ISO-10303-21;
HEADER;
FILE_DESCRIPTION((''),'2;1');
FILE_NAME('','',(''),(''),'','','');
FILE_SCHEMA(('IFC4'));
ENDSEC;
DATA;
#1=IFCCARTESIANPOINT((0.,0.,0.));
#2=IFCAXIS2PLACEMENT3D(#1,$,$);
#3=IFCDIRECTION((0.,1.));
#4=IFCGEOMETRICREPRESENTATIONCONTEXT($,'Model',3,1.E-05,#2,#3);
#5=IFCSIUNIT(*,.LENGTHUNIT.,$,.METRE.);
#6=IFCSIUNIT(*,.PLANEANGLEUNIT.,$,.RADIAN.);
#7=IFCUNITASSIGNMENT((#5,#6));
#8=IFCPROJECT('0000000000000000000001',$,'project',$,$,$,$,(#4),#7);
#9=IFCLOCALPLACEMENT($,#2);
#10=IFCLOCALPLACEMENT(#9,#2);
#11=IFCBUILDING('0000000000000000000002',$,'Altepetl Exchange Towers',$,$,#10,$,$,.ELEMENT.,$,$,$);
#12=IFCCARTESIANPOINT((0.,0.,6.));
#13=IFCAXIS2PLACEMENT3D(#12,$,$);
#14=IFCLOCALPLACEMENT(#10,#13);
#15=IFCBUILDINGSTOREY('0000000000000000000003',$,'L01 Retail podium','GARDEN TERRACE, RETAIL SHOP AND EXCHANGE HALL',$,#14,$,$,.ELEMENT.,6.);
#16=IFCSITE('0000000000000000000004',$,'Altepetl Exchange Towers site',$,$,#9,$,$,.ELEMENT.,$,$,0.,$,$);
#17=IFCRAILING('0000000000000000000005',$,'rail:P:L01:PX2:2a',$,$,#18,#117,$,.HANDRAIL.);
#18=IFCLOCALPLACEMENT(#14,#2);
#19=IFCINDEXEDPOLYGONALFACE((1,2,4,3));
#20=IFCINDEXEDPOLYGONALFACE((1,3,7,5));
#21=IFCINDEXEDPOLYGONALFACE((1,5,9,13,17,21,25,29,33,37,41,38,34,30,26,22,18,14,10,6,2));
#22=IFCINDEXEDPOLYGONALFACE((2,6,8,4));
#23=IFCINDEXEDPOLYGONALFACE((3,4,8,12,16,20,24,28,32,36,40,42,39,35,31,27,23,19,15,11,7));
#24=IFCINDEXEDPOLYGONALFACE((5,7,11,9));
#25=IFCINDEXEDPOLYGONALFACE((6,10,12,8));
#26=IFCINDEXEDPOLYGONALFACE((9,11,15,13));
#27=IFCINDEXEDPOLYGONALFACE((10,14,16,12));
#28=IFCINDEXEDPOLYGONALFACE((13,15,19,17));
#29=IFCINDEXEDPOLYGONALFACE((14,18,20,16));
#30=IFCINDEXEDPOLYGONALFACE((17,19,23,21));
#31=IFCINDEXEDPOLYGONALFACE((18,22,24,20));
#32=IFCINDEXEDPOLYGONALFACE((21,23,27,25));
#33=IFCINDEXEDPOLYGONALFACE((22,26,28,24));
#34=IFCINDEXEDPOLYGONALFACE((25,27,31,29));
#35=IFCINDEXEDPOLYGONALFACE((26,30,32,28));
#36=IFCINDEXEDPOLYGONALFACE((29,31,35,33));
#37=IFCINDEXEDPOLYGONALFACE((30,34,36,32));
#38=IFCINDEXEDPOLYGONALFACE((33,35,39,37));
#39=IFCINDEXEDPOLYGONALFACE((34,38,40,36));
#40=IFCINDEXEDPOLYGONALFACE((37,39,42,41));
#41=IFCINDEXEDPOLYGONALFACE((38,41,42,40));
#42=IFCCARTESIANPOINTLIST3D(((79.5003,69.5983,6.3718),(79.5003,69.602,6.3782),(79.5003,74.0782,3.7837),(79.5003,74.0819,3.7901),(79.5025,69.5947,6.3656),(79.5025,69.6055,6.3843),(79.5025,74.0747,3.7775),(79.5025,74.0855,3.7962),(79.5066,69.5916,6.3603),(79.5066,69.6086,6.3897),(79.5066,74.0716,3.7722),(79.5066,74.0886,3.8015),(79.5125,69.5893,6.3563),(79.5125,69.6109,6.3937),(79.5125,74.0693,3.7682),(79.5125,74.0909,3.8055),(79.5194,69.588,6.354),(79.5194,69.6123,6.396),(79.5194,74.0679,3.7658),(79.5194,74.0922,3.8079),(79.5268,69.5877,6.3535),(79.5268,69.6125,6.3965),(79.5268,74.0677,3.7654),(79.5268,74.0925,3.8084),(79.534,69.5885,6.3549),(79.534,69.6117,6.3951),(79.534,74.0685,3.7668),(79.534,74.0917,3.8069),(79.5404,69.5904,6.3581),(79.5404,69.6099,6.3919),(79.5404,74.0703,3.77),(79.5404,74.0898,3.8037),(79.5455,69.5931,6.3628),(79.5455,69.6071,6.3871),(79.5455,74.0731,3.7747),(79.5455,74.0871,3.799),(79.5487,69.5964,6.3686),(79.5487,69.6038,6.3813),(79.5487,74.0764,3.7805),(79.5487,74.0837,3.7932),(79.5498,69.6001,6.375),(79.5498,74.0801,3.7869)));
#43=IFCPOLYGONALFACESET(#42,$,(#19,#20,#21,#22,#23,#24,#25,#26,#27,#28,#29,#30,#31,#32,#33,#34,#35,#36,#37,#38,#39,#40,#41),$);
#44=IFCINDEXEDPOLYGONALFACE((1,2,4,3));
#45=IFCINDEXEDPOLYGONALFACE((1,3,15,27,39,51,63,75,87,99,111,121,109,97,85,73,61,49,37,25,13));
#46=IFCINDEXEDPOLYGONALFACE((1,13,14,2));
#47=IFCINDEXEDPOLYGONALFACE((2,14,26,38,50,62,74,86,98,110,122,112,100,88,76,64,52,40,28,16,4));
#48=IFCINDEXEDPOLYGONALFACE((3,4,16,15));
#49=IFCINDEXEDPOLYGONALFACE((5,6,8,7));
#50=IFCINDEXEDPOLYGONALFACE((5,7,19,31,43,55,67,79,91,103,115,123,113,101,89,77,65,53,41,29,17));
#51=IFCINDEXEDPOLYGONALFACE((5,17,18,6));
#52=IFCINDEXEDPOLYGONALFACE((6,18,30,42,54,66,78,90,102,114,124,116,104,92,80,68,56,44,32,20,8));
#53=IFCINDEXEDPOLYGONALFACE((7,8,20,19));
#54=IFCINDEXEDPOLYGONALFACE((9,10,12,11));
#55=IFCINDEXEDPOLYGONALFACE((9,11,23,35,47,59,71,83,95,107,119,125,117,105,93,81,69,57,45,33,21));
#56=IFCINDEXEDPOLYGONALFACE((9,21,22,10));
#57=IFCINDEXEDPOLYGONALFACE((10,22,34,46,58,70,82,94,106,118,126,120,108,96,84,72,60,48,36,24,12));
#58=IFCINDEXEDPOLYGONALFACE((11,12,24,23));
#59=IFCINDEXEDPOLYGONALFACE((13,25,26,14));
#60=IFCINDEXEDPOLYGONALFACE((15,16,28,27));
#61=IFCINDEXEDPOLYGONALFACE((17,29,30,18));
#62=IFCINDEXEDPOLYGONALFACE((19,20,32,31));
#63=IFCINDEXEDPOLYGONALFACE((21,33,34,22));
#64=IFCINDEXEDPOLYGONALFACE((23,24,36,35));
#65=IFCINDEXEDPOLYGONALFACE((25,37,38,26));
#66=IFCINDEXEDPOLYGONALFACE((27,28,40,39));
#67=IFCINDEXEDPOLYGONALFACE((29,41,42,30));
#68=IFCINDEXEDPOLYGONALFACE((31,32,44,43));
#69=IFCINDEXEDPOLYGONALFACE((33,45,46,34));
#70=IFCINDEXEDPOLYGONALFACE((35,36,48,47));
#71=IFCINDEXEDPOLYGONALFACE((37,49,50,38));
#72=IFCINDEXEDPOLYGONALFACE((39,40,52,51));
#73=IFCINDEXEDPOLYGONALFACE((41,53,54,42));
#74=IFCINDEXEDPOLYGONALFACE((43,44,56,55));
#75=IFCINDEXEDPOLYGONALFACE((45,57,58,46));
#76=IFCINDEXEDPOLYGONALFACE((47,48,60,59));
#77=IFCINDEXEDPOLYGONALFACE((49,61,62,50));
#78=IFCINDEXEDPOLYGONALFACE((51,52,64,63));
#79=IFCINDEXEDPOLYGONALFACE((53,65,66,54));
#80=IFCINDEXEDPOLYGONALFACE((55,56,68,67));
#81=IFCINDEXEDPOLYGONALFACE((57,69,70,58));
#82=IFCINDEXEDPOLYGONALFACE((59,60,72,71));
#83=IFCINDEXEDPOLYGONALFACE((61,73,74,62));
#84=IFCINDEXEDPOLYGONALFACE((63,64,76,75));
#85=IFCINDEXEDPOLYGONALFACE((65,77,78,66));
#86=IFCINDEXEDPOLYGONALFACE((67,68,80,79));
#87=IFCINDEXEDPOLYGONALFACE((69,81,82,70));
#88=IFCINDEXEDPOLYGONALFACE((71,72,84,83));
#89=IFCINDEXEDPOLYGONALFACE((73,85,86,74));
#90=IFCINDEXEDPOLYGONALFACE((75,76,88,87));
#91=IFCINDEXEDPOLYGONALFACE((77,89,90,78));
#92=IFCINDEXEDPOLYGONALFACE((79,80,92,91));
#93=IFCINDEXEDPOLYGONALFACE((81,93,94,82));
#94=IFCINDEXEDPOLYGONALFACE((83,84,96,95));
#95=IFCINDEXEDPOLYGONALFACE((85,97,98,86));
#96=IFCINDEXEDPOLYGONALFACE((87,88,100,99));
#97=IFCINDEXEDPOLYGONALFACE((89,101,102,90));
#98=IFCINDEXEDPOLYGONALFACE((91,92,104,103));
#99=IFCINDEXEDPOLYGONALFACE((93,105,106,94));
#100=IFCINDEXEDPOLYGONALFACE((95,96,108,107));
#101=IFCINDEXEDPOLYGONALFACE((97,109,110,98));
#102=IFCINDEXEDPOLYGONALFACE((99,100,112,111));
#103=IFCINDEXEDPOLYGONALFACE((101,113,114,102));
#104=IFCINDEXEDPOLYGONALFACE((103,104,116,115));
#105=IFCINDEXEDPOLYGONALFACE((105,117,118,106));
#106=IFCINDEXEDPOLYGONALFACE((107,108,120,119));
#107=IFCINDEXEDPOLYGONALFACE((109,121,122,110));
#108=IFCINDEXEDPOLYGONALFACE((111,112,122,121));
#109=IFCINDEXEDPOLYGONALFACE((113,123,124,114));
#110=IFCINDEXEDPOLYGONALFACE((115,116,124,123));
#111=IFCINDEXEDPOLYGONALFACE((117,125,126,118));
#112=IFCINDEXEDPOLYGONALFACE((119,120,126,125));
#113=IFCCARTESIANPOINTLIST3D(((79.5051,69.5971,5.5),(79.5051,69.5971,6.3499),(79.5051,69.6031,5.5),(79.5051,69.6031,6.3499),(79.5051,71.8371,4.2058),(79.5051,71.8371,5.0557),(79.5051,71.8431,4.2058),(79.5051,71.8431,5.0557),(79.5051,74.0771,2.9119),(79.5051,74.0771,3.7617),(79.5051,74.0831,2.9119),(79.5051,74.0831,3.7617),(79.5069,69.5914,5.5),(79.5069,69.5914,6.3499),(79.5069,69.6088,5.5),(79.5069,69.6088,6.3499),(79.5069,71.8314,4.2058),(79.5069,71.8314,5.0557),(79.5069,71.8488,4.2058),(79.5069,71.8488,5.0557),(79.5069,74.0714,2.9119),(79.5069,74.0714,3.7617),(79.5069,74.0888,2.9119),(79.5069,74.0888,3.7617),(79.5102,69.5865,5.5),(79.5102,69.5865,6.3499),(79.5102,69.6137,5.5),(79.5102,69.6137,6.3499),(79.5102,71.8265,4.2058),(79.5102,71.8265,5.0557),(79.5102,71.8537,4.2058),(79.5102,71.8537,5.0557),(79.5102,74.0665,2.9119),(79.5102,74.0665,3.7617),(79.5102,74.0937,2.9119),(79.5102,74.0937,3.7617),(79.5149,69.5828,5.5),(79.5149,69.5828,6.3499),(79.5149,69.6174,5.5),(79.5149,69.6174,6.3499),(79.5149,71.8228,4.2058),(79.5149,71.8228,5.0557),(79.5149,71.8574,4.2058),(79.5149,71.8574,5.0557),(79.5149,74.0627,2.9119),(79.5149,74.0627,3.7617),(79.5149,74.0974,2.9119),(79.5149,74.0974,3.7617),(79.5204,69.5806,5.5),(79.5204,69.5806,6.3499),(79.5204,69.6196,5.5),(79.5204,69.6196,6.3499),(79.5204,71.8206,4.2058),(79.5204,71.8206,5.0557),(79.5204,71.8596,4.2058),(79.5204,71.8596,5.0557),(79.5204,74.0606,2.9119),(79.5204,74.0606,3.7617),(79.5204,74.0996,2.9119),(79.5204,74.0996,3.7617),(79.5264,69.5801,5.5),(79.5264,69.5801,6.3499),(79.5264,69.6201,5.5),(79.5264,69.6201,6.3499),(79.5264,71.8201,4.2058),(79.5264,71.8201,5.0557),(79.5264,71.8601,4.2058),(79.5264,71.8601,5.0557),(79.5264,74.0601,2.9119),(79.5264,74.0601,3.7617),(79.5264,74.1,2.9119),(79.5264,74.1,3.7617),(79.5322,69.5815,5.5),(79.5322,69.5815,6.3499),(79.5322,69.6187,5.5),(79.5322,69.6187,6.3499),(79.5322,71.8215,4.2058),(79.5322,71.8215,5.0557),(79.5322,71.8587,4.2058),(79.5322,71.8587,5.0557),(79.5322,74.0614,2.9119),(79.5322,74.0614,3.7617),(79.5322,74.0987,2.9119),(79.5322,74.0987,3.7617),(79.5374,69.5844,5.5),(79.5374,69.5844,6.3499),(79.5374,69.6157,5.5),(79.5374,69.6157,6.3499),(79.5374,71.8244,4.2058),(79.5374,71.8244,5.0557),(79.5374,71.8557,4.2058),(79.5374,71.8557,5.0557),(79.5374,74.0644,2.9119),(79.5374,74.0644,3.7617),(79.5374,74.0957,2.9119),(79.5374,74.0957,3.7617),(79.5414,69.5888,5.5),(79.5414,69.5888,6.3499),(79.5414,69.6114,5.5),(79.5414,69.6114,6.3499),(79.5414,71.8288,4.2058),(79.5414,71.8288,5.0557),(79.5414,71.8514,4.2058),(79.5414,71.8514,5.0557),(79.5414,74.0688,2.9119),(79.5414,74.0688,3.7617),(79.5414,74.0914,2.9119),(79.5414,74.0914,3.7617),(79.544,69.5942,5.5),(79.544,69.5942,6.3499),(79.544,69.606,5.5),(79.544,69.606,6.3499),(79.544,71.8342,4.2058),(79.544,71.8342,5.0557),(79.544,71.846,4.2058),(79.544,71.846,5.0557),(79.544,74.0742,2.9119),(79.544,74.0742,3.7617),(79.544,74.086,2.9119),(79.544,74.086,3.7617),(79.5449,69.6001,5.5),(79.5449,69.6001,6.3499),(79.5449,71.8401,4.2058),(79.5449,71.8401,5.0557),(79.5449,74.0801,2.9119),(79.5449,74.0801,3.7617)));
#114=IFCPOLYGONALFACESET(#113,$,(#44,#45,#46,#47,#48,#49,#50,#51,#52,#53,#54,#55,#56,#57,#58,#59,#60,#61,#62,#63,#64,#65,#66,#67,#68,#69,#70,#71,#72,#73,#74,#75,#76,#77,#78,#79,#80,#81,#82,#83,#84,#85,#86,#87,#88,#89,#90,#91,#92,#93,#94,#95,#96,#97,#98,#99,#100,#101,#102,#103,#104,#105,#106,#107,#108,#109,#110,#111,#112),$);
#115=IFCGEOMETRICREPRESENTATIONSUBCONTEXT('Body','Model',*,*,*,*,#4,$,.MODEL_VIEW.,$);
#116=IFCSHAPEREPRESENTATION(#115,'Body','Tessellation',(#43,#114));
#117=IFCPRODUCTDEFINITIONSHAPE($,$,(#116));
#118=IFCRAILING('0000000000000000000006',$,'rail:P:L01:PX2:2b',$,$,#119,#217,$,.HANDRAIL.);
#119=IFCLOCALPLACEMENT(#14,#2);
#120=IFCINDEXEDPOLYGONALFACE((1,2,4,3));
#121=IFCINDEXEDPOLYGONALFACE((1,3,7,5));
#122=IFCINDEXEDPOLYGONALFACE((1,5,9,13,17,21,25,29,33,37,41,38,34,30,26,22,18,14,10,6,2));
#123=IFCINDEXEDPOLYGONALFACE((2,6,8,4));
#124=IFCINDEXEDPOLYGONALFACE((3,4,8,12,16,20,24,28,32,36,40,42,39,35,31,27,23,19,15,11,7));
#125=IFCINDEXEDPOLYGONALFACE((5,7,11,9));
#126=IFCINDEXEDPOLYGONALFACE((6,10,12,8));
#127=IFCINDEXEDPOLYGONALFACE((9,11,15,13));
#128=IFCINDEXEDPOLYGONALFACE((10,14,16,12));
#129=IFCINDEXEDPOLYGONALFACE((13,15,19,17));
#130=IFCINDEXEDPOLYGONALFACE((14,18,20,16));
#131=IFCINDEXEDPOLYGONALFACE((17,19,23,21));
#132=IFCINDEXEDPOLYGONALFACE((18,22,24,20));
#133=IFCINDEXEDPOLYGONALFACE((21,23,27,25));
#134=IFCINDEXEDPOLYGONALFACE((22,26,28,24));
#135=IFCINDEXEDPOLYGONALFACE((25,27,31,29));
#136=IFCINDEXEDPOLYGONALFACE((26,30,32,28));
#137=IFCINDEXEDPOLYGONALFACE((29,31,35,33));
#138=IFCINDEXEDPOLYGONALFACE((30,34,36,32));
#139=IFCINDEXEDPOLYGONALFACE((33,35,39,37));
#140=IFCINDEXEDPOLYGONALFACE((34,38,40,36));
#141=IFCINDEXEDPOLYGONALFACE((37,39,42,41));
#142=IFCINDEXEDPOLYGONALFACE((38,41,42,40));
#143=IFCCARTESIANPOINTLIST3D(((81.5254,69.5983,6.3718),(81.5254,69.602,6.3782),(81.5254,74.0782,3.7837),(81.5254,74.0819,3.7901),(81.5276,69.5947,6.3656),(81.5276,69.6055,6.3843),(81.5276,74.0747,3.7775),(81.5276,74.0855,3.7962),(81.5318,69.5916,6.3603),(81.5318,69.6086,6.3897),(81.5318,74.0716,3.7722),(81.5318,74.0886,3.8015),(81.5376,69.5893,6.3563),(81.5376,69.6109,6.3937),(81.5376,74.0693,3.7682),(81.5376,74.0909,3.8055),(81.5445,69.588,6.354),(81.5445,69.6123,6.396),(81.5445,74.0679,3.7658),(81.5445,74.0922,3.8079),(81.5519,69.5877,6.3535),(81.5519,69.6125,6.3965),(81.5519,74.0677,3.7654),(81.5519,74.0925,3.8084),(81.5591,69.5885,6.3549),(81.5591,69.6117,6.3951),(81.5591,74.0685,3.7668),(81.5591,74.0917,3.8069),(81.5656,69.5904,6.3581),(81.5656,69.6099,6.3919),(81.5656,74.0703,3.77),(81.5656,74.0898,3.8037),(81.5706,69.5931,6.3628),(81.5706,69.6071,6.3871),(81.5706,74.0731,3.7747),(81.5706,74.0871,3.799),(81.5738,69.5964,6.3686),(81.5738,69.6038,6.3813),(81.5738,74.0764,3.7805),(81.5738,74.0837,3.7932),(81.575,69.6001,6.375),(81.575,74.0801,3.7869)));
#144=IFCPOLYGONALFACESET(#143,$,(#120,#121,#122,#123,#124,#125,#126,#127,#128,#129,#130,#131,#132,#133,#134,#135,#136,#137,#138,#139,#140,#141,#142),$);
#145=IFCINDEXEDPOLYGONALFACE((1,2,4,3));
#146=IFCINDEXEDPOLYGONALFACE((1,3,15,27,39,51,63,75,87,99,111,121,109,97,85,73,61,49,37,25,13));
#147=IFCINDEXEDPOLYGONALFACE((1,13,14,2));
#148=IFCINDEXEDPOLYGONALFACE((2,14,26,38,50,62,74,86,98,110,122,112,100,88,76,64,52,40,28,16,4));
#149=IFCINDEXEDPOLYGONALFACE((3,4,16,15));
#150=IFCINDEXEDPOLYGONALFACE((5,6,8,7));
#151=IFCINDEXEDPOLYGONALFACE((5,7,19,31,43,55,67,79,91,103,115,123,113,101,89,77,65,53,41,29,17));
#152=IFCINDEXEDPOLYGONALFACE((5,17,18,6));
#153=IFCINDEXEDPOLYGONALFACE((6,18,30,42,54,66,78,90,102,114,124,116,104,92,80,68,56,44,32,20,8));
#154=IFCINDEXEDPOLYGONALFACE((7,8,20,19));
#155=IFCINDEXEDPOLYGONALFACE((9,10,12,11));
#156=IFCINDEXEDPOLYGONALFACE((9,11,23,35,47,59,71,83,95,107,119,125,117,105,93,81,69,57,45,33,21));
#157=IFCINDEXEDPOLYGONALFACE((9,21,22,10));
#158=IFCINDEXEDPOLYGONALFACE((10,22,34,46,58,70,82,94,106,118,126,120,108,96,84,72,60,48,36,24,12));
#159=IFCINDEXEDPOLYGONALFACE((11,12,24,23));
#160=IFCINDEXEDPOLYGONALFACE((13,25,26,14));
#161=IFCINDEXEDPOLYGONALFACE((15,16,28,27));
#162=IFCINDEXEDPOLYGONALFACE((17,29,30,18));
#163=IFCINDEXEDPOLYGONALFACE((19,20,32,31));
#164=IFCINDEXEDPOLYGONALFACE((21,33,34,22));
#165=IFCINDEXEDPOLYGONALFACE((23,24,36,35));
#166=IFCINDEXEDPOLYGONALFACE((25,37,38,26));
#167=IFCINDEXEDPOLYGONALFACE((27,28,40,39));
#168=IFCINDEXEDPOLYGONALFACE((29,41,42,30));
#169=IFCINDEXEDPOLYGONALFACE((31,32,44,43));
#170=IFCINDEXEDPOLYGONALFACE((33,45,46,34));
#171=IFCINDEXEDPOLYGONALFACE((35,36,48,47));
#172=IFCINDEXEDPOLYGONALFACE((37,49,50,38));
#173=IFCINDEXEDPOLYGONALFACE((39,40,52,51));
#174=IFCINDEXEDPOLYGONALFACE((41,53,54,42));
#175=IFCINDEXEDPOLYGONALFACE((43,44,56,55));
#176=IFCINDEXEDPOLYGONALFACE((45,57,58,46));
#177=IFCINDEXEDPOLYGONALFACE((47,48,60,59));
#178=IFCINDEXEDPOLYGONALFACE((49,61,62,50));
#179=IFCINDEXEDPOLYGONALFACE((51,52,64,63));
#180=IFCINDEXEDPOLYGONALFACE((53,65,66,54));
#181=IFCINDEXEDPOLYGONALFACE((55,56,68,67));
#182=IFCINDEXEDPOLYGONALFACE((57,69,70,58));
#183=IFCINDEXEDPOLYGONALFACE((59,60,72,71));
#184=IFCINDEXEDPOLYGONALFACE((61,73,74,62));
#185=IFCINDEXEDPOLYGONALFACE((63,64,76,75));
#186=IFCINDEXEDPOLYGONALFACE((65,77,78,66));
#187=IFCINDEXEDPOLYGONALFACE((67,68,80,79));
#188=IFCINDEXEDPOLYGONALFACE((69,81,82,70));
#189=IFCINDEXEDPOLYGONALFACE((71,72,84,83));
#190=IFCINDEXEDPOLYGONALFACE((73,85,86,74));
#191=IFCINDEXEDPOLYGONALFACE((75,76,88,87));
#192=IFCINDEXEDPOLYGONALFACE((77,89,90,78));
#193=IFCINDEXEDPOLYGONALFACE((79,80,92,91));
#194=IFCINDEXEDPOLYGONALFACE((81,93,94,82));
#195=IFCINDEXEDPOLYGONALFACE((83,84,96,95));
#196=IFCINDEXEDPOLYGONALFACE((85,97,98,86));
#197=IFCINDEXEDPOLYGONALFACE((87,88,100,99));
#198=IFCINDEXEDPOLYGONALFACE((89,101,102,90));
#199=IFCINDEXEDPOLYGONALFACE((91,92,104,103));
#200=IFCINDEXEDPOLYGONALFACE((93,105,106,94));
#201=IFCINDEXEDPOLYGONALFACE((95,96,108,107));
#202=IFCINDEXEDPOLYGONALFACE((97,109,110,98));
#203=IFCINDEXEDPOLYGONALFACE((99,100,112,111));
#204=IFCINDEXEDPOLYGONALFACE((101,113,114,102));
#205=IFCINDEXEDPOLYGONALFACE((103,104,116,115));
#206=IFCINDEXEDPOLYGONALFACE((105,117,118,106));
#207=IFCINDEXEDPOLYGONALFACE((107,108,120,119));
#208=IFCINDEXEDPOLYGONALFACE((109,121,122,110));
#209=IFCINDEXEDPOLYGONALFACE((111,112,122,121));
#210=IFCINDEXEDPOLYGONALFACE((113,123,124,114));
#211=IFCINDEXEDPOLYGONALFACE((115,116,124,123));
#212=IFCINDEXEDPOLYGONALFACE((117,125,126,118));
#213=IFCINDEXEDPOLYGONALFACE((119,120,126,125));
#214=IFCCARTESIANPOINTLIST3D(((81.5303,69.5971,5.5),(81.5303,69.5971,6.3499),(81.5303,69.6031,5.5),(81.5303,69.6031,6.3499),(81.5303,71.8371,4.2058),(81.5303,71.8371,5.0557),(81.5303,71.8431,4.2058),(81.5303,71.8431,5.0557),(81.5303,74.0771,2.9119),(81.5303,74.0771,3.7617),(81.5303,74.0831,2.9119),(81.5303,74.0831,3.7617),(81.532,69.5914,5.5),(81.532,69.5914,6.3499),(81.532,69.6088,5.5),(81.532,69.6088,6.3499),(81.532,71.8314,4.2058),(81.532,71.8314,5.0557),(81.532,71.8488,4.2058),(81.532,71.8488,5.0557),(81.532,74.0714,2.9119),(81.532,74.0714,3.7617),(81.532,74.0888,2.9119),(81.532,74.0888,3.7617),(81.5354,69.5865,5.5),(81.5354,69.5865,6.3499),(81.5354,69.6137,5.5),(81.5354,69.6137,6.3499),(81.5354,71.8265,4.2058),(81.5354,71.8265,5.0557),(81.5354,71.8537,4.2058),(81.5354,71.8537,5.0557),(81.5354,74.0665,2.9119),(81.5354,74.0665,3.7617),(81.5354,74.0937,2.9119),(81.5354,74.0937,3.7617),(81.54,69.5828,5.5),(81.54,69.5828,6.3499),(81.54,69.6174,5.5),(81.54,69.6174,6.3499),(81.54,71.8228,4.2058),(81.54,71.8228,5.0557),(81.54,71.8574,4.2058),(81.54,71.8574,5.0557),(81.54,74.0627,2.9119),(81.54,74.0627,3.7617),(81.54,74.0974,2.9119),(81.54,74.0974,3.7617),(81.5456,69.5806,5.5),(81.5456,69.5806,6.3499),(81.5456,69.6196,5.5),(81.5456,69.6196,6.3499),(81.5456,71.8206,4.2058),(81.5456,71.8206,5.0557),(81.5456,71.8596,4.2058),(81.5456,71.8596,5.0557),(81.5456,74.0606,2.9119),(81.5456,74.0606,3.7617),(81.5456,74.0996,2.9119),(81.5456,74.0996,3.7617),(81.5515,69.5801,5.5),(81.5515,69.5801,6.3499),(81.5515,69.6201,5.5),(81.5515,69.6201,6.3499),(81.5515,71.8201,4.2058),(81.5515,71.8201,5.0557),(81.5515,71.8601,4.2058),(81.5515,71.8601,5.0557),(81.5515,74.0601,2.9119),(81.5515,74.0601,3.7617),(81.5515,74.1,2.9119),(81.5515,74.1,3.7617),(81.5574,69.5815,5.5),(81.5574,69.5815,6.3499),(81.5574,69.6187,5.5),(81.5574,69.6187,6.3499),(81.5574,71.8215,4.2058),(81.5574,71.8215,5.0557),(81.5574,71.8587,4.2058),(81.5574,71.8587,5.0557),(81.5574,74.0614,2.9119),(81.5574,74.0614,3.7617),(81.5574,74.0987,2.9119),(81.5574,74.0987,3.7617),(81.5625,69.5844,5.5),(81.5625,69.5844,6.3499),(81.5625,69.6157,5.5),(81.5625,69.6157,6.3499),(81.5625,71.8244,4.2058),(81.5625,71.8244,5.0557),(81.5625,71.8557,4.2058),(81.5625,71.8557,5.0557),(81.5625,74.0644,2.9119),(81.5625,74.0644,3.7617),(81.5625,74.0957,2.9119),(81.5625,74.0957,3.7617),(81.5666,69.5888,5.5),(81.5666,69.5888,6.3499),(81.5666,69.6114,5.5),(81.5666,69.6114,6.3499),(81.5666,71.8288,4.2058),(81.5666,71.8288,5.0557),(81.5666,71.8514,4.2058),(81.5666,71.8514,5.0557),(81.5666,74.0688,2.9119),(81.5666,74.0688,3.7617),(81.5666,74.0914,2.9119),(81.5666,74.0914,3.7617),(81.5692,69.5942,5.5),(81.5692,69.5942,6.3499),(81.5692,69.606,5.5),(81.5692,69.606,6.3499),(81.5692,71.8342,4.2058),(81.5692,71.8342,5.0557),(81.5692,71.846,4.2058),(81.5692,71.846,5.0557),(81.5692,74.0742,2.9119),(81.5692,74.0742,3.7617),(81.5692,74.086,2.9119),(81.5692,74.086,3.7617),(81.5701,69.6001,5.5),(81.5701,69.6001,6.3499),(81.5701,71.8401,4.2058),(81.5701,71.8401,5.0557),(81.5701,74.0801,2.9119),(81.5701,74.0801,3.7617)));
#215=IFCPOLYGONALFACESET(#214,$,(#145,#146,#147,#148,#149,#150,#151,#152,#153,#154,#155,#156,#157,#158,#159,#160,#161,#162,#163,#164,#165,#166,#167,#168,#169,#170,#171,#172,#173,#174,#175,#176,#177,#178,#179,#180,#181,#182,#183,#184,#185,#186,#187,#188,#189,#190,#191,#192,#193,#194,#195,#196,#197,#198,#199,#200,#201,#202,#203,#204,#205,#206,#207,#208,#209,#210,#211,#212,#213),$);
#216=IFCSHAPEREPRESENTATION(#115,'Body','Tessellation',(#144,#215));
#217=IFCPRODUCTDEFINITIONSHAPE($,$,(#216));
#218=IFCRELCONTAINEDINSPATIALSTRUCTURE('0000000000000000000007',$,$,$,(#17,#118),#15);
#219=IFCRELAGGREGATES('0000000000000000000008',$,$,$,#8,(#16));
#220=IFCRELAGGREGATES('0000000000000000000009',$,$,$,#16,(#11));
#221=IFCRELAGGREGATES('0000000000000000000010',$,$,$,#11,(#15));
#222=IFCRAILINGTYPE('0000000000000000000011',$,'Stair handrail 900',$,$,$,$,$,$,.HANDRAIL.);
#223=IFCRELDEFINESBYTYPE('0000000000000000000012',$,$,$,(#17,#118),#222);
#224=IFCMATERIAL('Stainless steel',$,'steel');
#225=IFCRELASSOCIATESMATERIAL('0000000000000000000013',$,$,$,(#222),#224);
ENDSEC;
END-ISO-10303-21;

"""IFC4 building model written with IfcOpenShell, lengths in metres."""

from ifc_helpers import new_model, si_unit, direction, frame, origin, origin_2d, place, context, subcontext, project, spatial, circle, extrude, source, transform, mapped, material, type_object, element, save


model = new_model("IFC4")

# Units and contexts
model_context = context("Model", 3, precision=1e-05, world=origin(), true_north=direction((0.0, 1.0)))
body_context = subcontext(model_context, "Body", "Model", "MODEL_VIEW")
ifc_project = project(units=[si_unit("LENGTHUNIT", "METRE"), si_unit("PLANEANGLEUNIT", "RADIAN")], contexts=[model_context])

# Site, building, storey
site_placement = place(None, origin())
site = spatial("IfcSite", under=ifc_project, at=site_placement, Name="Altepetl Exchange Towers site", CompositionType="ELEMENT", RefElevation=0.0)
building_placement = place(site_placement, origin())
building = spatial("IfcBuilding", under=site, at=building_placement, Name="Altepetl Exchange Towers", CompositionType="ELEMENT")
storey_placement = place(building_placement, frame((0.0, 0.0, 6.0)))
storey = spatial("IfcBuildingStorey", under=building, at=storey_placement, Name="L01 Retail podium", Description="GARDEN TERRACE, RETAIL SHOP AND EXCHANGE HALL", CompositionType="ELEMENT", Elevation=6.0)

# Railings
ifc_material_1 = material(Name="Stainless steel", Category="steel")
railing_type_1 = type_object("IfcRailingType", Name="Stair handrail 900", PredefinedType="HANDRAIL", material=ifc_material_1)
shared_shape_1 = source(origin(), body_context, "Body", "SweptSolid", [
    extrude(circle(Radius=0.02, at=origin_2d()), origin(), (0.0, 0.0, 1.0), 0.8499),
])
for number, where, name in (
    (1, (79.5249, 74.0801, 2.9119), "rail:P:L01:PX2:2a"),
    (2, (81.55, 74.0801, 2.9119), "rail:P:L01:PX2:2b"),
):
    element("IfcRailing", number, at=place(storey_placement, frame(where)), inside=storey, type_object=railing_type_1, Name=name, PredefinedType="HANDRAIL", context=body_context, shape_type="SweptSolid", body=[
        extrude(circle(Radius=0.0249, at=origin_2d()), frame((0.0, 0.0, 0.875), z_axis=(0.0, -0.86589, 0.500234), x_axis=(1.0, 0.0, 0.0)), (0.0, 0.0, 1.0), 5.1738),
        mapped(shared_shape_1, transform((0.0, 0.0, 0.0))),
        mapped(shared_shape_1, transform((0.0, -2.24, 1.2939))),
        mapped(shared_shape_1, transform((0.0, -4.48, 2.5881))),
    ])

save(model, "model.ifc")
